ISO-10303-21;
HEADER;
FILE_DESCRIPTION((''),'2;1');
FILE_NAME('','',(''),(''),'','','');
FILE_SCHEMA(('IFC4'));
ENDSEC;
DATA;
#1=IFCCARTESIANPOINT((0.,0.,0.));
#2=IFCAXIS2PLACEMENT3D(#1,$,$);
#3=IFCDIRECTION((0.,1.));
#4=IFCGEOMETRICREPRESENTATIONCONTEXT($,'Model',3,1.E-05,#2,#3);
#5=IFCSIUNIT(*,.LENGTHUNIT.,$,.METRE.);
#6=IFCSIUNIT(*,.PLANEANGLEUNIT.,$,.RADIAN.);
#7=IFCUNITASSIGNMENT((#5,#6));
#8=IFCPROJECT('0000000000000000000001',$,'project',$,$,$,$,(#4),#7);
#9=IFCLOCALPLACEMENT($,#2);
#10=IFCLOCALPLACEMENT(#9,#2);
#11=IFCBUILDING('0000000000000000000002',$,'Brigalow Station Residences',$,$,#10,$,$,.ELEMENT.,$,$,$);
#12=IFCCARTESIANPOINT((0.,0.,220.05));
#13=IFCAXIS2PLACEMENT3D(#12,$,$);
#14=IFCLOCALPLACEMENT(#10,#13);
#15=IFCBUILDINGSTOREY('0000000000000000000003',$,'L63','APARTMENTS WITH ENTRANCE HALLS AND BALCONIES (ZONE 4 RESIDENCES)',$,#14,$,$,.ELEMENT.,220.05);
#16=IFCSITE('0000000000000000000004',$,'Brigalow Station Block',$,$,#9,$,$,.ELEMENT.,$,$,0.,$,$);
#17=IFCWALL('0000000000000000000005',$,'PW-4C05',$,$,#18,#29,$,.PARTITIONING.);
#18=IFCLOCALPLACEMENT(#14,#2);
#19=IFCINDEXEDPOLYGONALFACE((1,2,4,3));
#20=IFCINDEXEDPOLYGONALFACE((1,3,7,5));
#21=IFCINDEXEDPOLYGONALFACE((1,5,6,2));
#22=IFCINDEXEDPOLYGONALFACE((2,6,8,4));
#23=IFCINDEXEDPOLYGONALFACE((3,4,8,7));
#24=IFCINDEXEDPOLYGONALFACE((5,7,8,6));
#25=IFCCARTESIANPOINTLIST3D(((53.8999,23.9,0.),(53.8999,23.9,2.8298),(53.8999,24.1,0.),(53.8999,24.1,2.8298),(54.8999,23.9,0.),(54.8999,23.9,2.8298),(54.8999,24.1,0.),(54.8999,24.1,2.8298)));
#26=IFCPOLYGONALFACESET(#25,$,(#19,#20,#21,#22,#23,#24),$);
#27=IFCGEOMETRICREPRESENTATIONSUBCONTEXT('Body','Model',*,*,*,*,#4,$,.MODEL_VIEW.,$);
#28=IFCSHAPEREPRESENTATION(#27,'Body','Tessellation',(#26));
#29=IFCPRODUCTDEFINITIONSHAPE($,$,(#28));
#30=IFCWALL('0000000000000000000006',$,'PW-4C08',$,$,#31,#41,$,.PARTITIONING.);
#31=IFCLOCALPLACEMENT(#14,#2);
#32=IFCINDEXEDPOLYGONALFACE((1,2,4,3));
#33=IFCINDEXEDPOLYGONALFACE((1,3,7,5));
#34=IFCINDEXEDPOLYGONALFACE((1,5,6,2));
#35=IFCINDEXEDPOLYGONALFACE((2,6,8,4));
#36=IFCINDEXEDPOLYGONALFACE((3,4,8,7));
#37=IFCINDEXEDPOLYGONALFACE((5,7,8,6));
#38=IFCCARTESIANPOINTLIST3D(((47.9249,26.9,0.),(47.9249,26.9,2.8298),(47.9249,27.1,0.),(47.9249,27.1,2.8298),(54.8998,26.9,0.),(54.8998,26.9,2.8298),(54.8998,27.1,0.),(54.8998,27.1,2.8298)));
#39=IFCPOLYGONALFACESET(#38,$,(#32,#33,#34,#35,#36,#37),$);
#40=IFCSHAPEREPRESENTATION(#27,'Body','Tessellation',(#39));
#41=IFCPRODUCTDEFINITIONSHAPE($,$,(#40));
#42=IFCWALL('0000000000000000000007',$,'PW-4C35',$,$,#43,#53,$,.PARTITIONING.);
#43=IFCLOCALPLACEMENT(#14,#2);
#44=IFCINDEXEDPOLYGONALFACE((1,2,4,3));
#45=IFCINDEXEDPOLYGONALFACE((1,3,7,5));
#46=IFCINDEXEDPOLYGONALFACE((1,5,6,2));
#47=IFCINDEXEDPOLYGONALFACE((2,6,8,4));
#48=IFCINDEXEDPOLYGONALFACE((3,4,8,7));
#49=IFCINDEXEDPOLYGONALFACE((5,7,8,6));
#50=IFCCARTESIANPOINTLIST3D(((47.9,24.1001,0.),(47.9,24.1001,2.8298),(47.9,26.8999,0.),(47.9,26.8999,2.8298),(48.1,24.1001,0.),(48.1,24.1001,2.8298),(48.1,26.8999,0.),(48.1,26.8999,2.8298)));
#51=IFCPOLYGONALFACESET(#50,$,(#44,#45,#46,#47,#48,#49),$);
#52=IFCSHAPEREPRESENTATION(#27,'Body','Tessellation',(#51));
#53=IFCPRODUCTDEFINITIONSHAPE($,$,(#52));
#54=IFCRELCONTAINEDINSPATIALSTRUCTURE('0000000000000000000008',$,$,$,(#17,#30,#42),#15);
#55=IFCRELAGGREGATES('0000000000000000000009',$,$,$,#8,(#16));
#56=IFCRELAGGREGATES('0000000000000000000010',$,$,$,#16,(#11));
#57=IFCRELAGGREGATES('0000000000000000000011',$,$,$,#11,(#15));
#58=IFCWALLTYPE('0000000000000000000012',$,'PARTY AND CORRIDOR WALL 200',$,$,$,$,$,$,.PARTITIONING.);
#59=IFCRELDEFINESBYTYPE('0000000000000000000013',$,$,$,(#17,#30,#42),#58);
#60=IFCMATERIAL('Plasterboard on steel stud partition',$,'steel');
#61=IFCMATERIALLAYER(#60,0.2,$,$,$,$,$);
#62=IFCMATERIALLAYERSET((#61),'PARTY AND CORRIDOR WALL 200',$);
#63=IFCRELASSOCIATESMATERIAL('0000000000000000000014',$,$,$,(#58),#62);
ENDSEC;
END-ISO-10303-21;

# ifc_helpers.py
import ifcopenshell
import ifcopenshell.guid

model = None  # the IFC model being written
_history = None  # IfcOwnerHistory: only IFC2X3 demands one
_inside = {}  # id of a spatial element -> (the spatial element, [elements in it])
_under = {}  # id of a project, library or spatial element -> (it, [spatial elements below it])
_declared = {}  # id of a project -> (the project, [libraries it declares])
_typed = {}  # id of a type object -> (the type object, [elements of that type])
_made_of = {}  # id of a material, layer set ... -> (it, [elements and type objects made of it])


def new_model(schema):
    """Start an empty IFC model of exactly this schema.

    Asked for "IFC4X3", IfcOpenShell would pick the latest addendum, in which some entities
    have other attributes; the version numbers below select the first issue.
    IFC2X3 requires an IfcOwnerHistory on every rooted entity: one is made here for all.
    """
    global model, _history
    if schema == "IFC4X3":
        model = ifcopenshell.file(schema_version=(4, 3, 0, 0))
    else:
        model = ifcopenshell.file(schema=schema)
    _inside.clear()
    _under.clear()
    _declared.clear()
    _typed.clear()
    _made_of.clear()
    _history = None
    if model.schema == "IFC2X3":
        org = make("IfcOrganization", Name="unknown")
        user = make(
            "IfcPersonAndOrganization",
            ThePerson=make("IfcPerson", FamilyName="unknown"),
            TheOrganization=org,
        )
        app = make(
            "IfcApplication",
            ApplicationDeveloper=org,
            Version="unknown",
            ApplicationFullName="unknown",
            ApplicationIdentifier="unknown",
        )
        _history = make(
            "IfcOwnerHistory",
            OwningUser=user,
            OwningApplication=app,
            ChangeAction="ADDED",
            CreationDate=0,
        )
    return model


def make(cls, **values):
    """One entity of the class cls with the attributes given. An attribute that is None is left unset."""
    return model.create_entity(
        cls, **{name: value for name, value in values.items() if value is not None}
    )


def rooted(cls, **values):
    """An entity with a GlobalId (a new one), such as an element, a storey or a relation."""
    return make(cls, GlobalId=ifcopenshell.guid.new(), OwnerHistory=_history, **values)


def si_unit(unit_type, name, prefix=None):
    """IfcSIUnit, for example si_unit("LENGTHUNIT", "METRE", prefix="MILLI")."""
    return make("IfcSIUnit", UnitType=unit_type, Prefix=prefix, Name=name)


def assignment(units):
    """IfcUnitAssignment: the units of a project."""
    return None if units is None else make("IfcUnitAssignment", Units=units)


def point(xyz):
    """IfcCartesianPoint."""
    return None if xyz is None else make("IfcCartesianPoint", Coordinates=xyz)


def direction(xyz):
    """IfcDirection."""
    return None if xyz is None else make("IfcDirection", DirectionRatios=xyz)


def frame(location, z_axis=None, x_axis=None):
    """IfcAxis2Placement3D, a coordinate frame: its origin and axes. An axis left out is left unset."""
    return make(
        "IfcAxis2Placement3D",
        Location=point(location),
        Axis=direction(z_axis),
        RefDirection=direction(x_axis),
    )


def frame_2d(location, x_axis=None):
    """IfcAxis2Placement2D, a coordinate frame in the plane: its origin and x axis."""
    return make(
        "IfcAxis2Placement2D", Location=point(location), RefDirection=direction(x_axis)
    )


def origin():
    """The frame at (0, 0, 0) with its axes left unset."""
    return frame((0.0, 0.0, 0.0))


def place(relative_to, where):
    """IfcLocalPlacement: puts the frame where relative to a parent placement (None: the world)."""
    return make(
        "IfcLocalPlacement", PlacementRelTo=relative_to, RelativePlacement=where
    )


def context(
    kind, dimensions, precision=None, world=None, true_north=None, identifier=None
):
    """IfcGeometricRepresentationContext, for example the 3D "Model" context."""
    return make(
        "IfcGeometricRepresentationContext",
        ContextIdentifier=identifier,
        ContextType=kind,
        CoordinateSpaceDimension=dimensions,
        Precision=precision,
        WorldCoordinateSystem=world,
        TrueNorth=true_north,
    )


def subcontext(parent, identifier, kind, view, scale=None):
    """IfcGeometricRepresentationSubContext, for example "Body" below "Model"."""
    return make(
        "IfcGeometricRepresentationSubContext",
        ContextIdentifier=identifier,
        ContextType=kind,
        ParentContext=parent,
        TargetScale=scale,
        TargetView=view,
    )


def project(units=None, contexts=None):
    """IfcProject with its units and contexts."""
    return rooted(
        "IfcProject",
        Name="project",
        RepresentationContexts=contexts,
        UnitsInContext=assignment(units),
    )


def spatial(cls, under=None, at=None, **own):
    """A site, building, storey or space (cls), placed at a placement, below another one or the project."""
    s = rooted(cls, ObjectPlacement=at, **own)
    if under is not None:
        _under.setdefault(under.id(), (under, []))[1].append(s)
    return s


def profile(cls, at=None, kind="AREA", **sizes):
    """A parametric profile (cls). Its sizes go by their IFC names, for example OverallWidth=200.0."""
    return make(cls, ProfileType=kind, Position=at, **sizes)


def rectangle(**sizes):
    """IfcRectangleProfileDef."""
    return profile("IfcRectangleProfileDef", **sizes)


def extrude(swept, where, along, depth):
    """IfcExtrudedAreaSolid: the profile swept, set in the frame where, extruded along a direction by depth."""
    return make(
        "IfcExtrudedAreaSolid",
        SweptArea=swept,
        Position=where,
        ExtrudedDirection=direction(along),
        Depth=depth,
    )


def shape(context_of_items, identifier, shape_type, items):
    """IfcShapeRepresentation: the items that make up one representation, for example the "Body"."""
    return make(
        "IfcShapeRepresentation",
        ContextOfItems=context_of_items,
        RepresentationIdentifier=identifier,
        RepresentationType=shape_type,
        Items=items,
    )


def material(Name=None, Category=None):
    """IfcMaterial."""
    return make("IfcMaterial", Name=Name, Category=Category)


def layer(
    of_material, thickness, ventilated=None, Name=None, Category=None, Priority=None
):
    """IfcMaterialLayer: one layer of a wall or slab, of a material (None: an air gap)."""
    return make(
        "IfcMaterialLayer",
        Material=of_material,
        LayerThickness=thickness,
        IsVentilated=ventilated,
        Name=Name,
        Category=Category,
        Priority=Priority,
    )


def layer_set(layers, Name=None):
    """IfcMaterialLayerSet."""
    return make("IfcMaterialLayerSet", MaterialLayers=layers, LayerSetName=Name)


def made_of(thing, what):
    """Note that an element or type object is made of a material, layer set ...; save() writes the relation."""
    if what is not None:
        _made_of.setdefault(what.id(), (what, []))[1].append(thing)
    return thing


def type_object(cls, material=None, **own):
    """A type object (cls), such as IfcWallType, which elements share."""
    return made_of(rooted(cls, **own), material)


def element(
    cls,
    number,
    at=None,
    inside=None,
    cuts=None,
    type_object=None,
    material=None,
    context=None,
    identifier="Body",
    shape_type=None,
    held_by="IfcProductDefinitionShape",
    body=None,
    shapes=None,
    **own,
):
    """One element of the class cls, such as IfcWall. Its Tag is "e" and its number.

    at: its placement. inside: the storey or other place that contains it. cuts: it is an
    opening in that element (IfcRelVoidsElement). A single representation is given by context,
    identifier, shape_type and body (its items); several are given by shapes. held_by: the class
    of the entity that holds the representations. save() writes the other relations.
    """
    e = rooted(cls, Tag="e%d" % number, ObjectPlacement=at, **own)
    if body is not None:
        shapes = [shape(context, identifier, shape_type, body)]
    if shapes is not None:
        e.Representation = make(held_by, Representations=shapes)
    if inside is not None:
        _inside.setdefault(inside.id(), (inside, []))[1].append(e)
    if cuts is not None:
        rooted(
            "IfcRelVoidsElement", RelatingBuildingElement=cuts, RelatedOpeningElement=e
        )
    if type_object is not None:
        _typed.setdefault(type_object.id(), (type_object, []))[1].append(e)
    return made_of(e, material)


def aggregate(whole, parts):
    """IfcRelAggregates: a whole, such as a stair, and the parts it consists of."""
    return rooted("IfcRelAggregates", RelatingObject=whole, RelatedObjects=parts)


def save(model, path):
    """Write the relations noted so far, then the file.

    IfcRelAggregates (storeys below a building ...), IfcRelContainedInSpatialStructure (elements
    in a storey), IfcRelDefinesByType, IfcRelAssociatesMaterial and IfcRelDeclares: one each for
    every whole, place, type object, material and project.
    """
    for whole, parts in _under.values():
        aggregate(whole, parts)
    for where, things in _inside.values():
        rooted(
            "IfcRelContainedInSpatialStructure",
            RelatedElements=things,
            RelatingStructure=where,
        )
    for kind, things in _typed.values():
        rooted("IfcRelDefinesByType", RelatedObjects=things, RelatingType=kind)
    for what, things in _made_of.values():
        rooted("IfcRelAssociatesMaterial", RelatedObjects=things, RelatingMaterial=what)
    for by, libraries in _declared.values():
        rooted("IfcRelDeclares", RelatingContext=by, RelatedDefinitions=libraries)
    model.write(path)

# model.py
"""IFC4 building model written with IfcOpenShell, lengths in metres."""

from ifc_helpers import new_model, si_unit, direction, frame, frame_2d, origin, place, context, subcontext, project, spatial, rectangle, extrude, material, layer, layer_set, type_object, element, save


model = new_model("IFC4")

# Units and contexts
model_context = context("Model", 3, precision=1e-05, world=origin(), true_north=direction((0.0, 1.0)))
body_context = subcontext(model_context, "Body", "Model", "MODEL_VIEW")
ifc_project = project(units=[si_unit("LENGTHUNIT", "METRE"), si_unit("PLANEANGLEUNIT", "RADIAN")], contexts=[model_context])

# Site, building, storey
site_placement = place(None, origin())
site = spatial("IfcSite", under=ifc_project, at=site_placement, Name="Brigalow Station Block", CompositionType="ELEMENT", RefElevation=0.0)
building_placement = place(site_placement, origin())
building = spatial("IfcBuilding", under=site, at=building_placement, Name="Brigalow Station Residences", CompositionType="ELEMENT")
storey_placement = place(building_placement, frame((0.0, 0.0, 220.05)))
storey = spatial("IfcBuildingStorey", under=building, at=storey_placement, Name="L63", Description="APARTMENTS WITH ENTRANCE HALLS AND BALCONIES (ZONE 4 RESIDENCES)", CompositionType="ELEMENT", Elevation=220.05)

# Walls
ifc_material_1 = material(Name="Plasterboard on steel stud partition", Category="steel")
ifc_layer_1 = layer(ifc_material_1, 0.2)
ifc_layer_set_1 = layer_set([ifc_layer_1], Name="PARTY AND CORRIDOR WALL 200")
wall_type_1 = type_object("IfcWallType", Name="PARTY AND CORRIDOR WALL 200", PredefinedType="PARTITIONING", material=ifc_layer_set_1)
wall_1_placement = place(storey_placement, frame((53.8999, 24.0, 0.0), z_axis=(0.0, 0.0, 1.0), x_axis=(1.0, 0.0, 0.0)))
element("IfcWall", 1, at=wall_1_placement, inside=storey, type_object=wall_type_1, Name="PW-4C05", PredefinedType="PARTITIONING", context=body_context, shape_type="SweptSolid", body=[
    extrude(rectangle(XDim=1.0, YDim=0.2, at=frame_2d((0.5, 0.0))), origin(), (0.0, 0.0, 1.0), 2.8298),
])
wall_2_placement = place(storey_placement, frame((47.925, 27.0, 0.0), z_axis=(0.0, 0.0, 1.0), x_axis=(1.0, 0.0, 0.0)))
element("IfcWall", 2, at=wall_2_placement, inside=storey, type_object=wall_type_1, Name="PW-4C08", PredefinedType="PARTITIONING", context=body_context, shape_type="SweptSolid", body=[
    extrude(rectangle(XDim=6.9749, YDim=0.2, at=frame_2d((3.4873, 0.0))), origin(), (0.0, 0.0, 1.0), 2.8298),
])
wall_3_placement = place(storey_placement, frame((48.0, 24.1001, 0.0), z_axis=(0.0, 0.0, 1.0), x_axis=(0.0, 1.0, 0.0)))
element("IfcWall", 3, at=wall_3_placement, inside=storey, type_object=wall_type_1, Name="PW-4C35", PredefinedType="PARTITIONING", context=body_context, shape_type="SweptSolid", body=[
    extrude(rectangle(XDim=2.7998, YDim=0.2, at=frame_2d((1.3999, 0.0))), origin(), (0.0, 0.0, 1.0), 2.8298),
])

save(model, "model.ifc")
